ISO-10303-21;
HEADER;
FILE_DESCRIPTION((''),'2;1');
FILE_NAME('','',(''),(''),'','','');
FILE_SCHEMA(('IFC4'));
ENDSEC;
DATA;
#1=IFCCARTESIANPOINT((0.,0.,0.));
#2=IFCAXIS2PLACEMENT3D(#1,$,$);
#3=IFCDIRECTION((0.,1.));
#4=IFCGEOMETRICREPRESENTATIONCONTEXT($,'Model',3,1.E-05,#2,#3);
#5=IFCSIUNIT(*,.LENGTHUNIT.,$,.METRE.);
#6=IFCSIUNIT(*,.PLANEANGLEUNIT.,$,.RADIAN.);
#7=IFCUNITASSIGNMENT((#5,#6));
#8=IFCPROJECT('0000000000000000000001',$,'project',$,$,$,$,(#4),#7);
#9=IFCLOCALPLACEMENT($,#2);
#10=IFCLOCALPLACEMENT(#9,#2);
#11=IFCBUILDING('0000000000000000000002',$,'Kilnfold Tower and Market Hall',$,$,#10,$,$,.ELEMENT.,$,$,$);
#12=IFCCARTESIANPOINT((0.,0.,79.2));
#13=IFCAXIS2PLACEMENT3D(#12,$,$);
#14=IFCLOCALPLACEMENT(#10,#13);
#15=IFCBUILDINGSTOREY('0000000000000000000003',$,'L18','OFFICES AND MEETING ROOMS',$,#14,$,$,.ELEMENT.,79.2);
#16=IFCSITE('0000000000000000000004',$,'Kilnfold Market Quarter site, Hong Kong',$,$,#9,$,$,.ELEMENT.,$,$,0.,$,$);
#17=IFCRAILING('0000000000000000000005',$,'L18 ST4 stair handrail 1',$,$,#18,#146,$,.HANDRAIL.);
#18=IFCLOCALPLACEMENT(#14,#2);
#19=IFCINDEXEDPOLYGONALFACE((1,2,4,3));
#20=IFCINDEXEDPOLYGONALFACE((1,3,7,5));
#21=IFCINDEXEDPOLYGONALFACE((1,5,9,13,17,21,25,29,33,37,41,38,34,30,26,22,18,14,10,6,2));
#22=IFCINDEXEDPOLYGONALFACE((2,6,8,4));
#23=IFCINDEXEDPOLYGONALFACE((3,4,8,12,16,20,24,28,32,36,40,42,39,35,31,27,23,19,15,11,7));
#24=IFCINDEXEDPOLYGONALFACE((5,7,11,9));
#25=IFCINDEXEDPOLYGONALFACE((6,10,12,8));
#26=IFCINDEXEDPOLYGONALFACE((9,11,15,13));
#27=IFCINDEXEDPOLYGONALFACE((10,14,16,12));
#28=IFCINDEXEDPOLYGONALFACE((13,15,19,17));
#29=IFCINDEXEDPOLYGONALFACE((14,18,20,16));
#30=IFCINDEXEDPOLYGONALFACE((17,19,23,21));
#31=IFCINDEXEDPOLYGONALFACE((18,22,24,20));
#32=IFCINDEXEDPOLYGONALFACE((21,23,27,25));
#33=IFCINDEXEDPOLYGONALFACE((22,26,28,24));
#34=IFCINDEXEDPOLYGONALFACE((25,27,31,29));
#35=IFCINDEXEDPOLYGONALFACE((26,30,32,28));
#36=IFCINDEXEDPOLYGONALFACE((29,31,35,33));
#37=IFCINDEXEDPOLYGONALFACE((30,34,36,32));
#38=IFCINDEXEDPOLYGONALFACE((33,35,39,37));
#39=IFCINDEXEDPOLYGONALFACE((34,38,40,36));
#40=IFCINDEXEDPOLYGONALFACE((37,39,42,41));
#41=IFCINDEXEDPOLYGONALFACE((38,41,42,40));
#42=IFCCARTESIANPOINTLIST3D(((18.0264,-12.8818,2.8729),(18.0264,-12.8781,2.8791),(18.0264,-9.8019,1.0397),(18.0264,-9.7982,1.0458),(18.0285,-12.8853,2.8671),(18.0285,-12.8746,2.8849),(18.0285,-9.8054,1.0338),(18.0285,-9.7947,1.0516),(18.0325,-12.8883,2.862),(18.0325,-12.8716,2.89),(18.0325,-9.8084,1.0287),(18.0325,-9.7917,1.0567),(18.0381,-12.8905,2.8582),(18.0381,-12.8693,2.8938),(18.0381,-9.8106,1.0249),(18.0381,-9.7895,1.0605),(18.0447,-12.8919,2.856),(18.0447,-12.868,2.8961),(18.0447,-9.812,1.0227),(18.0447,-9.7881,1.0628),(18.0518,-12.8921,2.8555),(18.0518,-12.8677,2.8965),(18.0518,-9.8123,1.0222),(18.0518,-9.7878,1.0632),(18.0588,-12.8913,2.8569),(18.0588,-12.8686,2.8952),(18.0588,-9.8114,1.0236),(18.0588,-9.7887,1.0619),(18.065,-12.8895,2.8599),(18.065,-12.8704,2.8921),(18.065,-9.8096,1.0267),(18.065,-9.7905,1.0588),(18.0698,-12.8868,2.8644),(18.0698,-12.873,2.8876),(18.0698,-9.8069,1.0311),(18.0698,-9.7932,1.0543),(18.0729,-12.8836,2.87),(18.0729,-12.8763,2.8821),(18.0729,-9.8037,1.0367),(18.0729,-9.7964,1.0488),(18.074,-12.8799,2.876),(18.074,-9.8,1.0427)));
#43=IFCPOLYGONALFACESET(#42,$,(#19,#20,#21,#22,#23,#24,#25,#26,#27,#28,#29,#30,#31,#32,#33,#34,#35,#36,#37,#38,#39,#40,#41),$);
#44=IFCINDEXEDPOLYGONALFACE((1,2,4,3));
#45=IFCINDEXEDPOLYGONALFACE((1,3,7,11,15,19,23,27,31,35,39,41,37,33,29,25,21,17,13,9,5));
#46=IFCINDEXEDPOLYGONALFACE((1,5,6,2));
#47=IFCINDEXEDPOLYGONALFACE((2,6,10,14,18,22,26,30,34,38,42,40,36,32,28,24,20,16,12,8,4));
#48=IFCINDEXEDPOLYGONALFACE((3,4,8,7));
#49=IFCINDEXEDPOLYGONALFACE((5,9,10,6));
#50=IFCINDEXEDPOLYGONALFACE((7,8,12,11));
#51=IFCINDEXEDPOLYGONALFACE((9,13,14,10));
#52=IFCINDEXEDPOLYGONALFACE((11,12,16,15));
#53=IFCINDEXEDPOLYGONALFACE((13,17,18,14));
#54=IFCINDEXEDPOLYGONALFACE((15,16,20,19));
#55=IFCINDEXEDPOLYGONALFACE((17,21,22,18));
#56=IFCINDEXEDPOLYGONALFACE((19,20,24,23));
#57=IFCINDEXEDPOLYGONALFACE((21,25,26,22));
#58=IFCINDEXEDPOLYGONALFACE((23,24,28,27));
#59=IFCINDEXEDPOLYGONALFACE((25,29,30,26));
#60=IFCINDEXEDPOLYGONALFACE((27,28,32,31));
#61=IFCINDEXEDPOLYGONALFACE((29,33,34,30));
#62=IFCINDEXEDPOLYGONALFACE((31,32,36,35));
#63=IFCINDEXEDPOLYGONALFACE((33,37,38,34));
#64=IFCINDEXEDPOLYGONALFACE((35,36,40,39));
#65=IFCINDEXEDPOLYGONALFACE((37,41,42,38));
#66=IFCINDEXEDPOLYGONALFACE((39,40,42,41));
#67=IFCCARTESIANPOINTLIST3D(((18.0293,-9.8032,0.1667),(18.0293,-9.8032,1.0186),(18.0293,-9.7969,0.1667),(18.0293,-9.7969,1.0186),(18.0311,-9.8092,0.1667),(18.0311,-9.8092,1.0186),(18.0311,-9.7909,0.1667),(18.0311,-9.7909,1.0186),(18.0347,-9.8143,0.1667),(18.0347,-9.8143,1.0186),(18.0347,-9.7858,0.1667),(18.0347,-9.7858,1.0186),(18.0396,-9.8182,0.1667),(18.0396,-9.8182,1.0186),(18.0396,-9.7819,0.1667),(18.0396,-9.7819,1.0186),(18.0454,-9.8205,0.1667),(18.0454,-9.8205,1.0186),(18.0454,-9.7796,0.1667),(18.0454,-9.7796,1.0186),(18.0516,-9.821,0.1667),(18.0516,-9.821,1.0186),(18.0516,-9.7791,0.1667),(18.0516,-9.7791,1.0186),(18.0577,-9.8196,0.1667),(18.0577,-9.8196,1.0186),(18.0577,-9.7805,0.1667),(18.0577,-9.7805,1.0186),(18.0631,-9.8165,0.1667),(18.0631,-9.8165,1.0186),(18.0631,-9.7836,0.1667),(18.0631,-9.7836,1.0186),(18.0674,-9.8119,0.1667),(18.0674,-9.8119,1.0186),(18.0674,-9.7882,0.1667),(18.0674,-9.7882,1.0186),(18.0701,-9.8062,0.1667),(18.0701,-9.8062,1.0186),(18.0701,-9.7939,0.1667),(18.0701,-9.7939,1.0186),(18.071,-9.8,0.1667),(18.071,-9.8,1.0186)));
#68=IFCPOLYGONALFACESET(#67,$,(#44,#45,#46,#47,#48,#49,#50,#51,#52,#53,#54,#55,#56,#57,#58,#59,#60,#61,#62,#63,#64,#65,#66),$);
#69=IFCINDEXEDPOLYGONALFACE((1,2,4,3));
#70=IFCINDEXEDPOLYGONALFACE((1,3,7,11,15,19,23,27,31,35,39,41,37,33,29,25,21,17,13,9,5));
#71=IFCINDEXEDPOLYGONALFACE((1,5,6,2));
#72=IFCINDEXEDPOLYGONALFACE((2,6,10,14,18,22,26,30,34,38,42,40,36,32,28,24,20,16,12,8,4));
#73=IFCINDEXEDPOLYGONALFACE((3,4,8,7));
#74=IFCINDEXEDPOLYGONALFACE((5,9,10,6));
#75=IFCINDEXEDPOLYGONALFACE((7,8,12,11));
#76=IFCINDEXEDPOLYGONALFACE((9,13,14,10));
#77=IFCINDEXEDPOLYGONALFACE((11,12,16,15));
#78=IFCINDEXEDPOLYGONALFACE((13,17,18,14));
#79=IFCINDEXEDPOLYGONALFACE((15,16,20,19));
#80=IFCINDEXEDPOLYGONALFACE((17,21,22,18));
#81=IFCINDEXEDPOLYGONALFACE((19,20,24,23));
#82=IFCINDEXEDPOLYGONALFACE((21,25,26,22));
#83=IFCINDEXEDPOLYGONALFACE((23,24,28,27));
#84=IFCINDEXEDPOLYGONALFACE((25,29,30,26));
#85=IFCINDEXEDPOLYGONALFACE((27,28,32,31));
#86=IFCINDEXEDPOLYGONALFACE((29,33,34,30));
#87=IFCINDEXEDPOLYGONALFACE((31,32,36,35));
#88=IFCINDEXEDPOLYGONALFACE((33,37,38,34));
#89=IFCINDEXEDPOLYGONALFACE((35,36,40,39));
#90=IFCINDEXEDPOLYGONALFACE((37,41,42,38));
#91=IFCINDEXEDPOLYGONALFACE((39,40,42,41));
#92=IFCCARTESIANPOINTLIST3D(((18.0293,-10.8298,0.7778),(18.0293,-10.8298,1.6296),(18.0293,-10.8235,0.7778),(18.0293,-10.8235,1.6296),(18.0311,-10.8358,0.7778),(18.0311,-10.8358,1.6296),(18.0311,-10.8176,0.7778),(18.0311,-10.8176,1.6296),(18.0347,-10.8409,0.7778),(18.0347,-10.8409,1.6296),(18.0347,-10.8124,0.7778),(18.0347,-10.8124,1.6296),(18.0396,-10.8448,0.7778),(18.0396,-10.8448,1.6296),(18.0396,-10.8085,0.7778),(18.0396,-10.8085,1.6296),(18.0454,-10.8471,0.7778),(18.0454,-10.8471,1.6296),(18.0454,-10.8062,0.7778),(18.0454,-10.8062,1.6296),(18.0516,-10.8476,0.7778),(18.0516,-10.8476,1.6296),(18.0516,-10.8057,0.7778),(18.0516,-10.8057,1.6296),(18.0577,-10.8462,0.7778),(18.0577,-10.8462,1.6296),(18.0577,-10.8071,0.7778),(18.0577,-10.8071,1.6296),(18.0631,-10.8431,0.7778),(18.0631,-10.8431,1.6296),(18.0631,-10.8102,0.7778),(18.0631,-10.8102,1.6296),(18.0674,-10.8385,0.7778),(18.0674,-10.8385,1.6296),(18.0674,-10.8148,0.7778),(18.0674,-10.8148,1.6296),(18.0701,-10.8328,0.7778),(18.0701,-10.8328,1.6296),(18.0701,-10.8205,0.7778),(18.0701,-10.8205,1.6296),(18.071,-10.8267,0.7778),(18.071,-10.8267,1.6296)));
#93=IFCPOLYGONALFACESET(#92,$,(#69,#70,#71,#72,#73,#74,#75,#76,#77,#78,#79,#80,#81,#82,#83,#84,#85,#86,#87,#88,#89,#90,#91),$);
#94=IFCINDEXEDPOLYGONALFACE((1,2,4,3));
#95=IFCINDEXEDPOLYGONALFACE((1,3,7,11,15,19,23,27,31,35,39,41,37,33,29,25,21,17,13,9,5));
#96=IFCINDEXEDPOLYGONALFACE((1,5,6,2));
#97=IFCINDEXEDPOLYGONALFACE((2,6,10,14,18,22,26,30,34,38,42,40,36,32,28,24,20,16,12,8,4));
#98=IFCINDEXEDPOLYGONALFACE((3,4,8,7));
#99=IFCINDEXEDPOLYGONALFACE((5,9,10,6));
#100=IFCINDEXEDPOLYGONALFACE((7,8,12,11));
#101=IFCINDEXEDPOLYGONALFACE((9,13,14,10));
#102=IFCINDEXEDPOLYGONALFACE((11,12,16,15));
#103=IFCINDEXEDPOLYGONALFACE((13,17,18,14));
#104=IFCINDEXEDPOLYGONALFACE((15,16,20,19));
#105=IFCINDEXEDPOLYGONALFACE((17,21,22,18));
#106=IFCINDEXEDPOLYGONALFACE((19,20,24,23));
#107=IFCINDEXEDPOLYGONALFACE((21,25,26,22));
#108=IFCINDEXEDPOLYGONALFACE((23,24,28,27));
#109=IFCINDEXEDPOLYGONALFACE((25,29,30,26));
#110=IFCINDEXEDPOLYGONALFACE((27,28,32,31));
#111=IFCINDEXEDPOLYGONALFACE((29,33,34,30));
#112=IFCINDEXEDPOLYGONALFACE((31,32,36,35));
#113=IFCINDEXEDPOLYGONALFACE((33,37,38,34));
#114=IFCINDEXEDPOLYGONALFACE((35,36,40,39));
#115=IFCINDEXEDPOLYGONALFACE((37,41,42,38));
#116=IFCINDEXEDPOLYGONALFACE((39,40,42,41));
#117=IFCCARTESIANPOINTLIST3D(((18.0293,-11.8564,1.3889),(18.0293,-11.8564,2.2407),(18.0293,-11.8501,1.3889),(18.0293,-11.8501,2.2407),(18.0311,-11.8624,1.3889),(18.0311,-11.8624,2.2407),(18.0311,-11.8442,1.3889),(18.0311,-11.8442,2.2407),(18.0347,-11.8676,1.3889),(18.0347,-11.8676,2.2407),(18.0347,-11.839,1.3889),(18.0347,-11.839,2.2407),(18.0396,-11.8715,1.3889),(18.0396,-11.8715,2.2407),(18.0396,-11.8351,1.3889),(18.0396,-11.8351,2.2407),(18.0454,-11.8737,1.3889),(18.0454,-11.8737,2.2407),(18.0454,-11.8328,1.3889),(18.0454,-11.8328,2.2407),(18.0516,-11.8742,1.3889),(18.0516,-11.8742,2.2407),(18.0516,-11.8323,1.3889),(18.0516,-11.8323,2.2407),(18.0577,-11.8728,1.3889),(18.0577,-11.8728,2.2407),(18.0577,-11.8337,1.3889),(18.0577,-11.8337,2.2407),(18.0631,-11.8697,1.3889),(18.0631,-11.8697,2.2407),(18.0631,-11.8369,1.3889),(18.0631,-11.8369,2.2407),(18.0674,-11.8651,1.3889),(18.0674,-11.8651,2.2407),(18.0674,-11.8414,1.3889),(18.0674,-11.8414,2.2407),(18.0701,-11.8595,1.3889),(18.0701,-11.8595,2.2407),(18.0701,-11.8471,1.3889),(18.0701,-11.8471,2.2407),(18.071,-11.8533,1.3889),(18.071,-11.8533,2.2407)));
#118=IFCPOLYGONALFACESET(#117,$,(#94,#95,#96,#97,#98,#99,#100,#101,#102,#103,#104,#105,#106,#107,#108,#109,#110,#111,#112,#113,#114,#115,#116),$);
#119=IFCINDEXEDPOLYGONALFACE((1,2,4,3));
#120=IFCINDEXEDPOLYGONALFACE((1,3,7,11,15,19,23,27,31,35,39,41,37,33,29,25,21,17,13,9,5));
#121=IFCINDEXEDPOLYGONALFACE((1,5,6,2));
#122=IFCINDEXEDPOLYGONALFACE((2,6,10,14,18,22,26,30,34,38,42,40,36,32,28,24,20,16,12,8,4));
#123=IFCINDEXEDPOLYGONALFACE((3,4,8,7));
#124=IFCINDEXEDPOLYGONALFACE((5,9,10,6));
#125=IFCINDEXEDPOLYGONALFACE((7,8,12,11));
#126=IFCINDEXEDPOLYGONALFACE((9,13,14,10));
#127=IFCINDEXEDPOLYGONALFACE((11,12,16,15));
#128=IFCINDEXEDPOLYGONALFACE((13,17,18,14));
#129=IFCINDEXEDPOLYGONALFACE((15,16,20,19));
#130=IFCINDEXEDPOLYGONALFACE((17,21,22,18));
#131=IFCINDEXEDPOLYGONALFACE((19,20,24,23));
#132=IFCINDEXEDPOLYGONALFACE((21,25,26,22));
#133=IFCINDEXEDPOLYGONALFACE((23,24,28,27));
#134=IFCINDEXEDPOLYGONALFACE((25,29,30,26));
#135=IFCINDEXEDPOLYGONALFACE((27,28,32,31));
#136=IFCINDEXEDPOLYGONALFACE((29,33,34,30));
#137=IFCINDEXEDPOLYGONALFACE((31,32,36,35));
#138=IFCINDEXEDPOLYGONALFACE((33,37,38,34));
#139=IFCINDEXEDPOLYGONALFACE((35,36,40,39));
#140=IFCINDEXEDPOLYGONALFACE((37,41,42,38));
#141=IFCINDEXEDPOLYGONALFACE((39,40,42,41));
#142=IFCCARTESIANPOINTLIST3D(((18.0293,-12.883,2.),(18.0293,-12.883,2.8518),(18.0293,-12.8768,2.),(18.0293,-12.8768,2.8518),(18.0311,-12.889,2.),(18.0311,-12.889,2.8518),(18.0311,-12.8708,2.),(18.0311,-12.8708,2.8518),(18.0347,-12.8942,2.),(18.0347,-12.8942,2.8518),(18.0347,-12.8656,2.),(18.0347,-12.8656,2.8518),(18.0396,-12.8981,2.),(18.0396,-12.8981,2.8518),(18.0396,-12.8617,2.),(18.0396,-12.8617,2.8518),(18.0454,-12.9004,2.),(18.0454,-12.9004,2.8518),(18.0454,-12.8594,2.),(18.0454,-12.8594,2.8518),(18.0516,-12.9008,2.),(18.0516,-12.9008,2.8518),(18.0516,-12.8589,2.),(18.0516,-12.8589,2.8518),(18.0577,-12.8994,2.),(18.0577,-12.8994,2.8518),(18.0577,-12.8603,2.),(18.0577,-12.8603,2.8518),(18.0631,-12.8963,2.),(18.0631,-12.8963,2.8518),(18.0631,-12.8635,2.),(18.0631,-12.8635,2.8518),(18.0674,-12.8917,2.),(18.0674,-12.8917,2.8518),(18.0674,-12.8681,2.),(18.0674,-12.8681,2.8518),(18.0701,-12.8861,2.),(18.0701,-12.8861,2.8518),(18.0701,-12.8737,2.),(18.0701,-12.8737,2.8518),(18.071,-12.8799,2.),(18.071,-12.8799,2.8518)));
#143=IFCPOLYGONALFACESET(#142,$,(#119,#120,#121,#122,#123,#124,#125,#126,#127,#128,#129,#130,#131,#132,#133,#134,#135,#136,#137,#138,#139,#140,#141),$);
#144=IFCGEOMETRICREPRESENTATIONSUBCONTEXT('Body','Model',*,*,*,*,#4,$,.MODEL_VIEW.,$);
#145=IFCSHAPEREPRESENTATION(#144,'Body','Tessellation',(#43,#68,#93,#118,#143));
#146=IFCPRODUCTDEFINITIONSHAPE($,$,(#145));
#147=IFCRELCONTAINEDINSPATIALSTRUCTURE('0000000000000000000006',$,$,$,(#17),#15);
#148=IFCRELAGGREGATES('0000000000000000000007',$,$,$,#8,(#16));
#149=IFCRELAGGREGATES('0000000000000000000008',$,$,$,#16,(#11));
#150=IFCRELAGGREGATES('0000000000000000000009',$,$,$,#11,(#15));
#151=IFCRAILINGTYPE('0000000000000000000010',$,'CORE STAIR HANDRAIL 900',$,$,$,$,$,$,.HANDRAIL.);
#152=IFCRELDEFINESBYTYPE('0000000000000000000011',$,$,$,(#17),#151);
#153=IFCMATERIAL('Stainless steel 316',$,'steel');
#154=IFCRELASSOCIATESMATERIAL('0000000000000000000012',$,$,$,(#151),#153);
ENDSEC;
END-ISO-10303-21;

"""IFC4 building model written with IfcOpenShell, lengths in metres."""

from ifc_helpers import new_model, si_unit, direction, frame, origin, origin_2d, place, context, subcontext, project, spatial, circle, extrude, material, type_object, element, save


model = new_model("IFC4")

# Units and contexts
model_context = context("Model", 3, precision=1e-05, world=origin(), true_north=direction((0.0, 1.0)))
body_context = subcontext(model_context, "Body", "Model", "MODEL_VIEW")
ifc_project = project(units=[si_unit("LENGTHUNIT", "METRE"), si_unit("PLANEANGLEUNIT", "RADIAN")], contexts=[model_context])

# Site, building, storey
site_placement = place(None, origin())
site = spatial("IfcSite", under=ifc_project, at=site_placement, Name="Kilnfold Market Quarter site, Hong Kong", CompositionType="ELEMENT", RefElevation=0.0)
building_placement = place(site_placement, origin())
building = spatial("IfcBuilding", under=site, at=building_placement, Name="Kilnfold Tower and Market Hall", CompositionType="ELEMENT")
storey_placement = place(building_placement, frame((0.0, 0.0, 79.2)))
storey = spatial("IfcBuildingStorey", under=building, at=storey_placement, Name="L18", Description="OFFICES AND MEETING ROOMS", CompositionType="ELEMENT", Elevation=79.2)

# Railing
ifc_material_1 = material(Name="Stainless steel 316", Category="steel")
railing_type_1 = type_object("IfcRailingType", Name="CORE STAIR HANDRAIL 900", PredefinedType="HANDRAIL", material=ifc_material_1)
railing_1_placement = place(storey_placement, frame((18.05, -9.8, 0.1667)))
element("IfcRailing", 1, at=railing_1_placement, inside=storey, type_object=railing_type_1, Name="L18 ST4 stair handrail 1", PredefinedType="HANDRAIL", context=body_context, shape_type="SweptSolid", body=[
    extrude(circle(Radius=0.0239, at=origin_2d()), frame((0.0, 0.0, 0.876), z_axis=(0.0, -0.859291, 0.511487), x_axis=(1.0, 0.0, 0.0)), (0.0, 0.0, 1.0), 3.5842),
    extrude(circle(Radius=0.021, at=origin_2d()), origin(), (0.0, 0.0, 1.0), 0.8518),
    extrude(circle(Radius=0.021, at=origin_2d()), frame((0.0, -1.0266, 0.6111)), (0.0, 0.0, 1.0), 0.8518),
    extrude(circle(Radius=0.021, at=origin_2d()), frame((0.0, -2.0532, 1.2222)), (0.0, 0.0, 1.0), 0.8518),
    extrude(circle(Radius=0.021, at=origin_2d()), frame((0.0, -3.0798, 1.8333)), (0.0, 0.0, 1.0), 0.8518),
])

save(model, "model.ifc")
